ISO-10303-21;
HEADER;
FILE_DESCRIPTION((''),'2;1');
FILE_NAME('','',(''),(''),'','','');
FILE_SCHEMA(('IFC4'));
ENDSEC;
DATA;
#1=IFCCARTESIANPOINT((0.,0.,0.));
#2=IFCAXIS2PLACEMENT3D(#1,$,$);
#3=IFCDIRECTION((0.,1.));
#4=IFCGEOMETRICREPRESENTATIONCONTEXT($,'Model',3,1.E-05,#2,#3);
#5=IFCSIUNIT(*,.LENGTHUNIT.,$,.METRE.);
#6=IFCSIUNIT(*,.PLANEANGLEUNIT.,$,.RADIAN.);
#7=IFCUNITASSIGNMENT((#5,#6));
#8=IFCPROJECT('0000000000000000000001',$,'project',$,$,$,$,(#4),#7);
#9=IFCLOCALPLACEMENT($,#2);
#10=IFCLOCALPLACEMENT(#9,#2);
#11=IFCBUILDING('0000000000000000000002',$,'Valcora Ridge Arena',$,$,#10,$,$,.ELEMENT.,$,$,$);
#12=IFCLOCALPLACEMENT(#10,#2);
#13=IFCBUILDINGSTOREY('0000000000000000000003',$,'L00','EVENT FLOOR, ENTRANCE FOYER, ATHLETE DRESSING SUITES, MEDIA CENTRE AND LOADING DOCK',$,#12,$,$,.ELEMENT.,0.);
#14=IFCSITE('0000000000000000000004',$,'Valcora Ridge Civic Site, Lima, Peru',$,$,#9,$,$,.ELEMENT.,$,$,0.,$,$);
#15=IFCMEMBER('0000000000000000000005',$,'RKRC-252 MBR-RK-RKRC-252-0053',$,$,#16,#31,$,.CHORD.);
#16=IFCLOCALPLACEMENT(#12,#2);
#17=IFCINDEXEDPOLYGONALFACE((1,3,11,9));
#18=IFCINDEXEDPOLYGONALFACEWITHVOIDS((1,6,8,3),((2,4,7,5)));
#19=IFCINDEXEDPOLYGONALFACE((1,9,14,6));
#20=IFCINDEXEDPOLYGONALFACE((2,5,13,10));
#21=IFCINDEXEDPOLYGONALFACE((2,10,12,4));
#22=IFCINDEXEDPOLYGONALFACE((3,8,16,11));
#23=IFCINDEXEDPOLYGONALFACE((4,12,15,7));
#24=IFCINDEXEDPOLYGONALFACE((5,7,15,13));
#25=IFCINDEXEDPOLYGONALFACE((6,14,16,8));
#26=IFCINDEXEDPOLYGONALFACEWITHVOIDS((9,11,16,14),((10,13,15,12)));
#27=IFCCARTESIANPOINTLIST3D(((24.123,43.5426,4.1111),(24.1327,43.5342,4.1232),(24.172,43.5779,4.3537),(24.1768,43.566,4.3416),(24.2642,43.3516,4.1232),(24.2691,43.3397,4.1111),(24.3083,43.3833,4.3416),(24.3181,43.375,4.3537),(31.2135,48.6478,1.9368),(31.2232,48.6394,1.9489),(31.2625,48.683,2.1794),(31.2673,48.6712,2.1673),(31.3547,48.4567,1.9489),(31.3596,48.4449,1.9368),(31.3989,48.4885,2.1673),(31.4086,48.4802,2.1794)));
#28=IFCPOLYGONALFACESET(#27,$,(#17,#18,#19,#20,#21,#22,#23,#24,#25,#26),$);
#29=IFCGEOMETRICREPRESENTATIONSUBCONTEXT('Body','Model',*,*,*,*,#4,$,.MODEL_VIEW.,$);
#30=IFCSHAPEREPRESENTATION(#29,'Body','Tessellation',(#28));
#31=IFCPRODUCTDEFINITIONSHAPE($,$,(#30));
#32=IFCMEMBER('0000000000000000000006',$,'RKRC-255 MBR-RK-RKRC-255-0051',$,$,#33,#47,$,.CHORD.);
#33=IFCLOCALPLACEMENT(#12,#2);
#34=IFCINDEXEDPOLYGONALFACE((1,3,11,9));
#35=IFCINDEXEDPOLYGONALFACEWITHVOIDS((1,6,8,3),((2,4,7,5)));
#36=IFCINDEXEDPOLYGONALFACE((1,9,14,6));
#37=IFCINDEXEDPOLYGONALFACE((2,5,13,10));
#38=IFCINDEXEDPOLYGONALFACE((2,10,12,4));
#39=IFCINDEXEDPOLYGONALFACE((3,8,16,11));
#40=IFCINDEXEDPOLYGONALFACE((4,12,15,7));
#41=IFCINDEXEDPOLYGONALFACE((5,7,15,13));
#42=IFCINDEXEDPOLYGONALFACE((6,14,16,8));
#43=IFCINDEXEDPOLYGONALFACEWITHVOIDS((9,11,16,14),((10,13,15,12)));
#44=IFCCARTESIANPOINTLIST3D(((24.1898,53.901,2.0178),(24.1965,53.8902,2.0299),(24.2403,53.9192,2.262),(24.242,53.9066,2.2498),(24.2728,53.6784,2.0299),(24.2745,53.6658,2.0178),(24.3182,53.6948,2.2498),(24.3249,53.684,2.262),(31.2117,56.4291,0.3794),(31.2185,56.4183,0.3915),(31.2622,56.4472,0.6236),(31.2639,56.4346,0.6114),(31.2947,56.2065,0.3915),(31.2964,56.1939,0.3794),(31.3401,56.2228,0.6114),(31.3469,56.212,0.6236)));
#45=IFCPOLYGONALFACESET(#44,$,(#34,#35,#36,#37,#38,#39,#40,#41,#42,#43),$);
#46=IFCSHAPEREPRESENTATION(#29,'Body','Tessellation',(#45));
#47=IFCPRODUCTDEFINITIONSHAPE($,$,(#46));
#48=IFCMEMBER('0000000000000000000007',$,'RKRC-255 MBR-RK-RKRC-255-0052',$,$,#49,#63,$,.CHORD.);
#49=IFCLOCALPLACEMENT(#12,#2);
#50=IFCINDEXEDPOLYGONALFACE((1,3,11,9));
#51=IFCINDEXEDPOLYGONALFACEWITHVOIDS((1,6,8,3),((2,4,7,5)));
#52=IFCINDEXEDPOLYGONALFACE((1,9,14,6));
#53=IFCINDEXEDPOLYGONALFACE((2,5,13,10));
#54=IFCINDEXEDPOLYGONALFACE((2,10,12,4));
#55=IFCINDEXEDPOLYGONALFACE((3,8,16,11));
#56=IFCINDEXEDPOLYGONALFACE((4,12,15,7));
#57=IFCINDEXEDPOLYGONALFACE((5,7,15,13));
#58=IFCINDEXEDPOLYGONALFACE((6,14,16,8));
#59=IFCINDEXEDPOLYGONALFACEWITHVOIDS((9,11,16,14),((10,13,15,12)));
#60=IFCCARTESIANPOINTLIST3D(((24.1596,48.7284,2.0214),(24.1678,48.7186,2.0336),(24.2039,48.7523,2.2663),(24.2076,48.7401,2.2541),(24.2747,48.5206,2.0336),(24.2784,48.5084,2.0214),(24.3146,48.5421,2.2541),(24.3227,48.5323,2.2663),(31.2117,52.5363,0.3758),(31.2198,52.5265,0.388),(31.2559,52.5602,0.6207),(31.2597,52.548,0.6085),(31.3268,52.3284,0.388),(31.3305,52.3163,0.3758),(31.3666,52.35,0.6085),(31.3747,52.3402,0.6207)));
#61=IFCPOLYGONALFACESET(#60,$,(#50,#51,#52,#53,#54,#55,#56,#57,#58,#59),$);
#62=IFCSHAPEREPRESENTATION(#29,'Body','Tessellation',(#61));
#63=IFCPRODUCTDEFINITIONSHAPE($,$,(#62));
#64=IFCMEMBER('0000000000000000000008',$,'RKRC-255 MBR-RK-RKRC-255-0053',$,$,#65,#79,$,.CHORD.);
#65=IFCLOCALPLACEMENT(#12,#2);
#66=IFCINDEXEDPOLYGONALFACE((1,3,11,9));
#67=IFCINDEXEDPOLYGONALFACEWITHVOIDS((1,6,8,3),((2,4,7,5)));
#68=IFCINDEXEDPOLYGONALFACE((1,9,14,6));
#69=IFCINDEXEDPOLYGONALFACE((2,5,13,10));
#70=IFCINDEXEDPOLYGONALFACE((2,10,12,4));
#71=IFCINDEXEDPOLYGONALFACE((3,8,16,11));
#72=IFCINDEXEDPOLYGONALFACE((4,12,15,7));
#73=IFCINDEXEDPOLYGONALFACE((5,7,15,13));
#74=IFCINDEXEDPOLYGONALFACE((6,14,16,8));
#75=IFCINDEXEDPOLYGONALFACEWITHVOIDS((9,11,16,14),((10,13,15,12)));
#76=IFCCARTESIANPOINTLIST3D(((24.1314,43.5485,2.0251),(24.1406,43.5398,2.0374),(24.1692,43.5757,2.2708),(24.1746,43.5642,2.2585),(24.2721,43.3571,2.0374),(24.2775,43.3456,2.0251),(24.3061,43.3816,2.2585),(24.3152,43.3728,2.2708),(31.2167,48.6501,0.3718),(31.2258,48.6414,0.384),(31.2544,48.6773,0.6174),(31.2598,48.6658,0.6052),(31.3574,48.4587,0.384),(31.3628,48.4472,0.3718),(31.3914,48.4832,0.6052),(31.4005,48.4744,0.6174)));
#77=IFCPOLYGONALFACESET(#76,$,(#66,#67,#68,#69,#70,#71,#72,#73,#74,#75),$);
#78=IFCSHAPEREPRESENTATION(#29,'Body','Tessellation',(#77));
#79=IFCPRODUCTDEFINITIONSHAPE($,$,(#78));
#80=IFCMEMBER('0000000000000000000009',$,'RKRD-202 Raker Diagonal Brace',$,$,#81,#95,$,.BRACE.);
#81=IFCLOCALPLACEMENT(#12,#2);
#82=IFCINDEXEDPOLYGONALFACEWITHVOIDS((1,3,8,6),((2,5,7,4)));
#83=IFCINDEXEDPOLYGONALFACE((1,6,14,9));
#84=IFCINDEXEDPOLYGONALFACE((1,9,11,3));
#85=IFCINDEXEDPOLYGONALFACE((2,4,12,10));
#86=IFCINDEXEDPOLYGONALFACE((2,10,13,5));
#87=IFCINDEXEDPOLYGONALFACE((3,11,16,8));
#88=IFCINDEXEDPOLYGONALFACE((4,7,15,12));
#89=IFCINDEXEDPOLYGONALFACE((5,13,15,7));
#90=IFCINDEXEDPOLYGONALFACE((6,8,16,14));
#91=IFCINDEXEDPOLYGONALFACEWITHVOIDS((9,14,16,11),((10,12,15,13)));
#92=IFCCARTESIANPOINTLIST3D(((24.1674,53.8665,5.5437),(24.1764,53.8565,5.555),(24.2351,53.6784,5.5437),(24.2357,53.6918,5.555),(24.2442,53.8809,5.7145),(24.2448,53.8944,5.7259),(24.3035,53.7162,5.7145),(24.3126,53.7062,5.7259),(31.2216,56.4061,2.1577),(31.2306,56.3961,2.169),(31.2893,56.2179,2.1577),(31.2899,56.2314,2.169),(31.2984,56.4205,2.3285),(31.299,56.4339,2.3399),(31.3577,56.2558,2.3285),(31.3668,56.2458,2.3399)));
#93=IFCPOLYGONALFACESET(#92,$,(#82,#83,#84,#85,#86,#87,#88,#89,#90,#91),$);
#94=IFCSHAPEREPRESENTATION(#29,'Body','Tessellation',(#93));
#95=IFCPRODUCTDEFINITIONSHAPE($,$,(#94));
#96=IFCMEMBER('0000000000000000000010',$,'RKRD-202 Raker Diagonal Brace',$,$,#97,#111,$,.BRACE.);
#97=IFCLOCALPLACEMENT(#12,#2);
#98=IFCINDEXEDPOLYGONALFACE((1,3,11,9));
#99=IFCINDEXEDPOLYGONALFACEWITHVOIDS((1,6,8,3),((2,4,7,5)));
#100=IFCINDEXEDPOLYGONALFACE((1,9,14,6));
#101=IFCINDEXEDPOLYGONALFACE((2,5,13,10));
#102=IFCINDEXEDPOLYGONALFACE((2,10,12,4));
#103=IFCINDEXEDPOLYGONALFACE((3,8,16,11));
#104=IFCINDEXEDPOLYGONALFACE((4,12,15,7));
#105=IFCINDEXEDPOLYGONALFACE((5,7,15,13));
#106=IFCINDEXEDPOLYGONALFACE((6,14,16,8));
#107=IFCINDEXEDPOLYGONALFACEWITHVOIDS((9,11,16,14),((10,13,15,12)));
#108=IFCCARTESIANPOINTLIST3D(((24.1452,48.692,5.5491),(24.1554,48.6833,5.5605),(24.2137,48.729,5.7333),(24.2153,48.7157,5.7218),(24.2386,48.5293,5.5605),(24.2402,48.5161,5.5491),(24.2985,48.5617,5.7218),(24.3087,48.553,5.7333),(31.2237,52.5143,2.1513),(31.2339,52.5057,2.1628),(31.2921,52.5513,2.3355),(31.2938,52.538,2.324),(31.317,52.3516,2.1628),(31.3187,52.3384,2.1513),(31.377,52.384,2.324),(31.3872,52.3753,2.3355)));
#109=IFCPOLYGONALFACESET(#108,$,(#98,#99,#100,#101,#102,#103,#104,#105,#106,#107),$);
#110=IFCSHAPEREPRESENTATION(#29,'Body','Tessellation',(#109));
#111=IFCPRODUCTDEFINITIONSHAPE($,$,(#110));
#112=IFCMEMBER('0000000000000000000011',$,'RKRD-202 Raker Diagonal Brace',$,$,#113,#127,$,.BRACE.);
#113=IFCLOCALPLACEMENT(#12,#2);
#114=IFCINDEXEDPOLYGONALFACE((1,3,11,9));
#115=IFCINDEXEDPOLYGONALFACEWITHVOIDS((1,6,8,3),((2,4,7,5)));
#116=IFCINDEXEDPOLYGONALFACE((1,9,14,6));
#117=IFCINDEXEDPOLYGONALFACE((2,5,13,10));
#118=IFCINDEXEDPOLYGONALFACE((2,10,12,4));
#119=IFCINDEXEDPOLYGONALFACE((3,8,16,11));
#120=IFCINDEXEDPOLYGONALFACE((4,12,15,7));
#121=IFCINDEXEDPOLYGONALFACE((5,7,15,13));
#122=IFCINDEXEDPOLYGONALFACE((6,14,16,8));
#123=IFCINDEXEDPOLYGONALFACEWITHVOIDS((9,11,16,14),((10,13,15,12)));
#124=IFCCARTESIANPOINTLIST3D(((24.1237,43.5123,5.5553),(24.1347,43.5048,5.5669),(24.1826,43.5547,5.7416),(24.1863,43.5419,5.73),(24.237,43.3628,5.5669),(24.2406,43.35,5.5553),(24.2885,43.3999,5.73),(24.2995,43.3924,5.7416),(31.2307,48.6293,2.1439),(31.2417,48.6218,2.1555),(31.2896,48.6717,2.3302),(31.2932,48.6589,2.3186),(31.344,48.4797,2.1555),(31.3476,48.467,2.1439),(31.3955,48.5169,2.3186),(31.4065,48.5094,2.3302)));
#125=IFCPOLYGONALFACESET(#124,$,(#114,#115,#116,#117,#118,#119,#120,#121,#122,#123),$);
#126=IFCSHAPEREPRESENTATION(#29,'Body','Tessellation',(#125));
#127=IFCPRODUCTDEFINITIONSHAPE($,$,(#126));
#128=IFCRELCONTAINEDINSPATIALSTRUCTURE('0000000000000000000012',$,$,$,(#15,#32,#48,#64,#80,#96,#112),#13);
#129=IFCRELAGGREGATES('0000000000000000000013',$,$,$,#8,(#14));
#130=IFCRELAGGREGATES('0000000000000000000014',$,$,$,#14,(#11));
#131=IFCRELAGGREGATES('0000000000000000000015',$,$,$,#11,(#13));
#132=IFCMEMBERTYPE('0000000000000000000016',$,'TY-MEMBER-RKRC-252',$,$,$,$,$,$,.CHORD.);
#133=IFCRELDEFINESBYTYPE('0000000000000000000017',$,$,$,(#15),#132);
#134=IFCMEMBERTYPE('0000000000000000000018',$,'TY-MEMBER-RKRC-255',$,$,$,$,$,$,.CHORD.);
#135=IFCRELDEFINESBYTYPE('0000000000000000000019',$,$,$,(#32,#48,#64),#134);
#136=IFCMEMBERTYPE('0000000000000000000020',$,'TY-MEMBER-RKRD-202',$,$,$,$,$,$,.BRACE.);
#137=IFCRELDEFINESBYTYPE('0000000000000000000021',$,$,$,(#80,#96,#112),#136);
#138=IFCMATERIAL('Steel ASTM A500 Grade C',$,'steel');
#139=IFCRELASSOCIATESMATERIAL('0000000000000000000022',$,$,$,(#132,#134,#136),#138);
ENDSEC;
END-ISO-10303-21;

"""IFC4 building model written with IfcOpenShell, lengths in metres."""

from ifc_helpers import new_model, si_unit, direction, frame, origin, origin_2d, place, context, subcontext, project, spatial, hollow_rectangle, extrude, material, material_profile, profile_set, type_object, element, save


model = new_model("IFC4")

# Units and contexts
model_context = context("Model", 3, precision=1e-05, world=origin(), true_north=direction((0.0, 1.0)))
body_context = subcontext(model_context, "Body", "Model", "MODEL_VIEW")
ifc_project = project(units=[si_unit("LENGTHUNIT", "METRE"), si_unit("PLANEANGLEUNIT", "RADIAN")], contexts=[model_context])

# Site, building, storey
site_placement = place(None, origin())
site = spatial("IfcSite", under=ifc_project, at=site_placement, Name="Valcora Ridge Civic Site, Lima, Peru", CompositionType="ELEMENT", RefElevation=0.0)
building_placement = place(site_placement, origin())
building = spatial("IfcBuilding", under=site, at=building_placement, Name="Valcora Ridge Arena", CompositionType="ELEMENT")
storey_placement = place(building_placement, origin())
storey = spatial("IfcBuildingStorey", under=building, at=storey_placement, Name="L00", Description="EVENT FLOOR, ENTRANCE FOYER, ATHLETE DRESSING SUITES, MEDIA CENTRE AND LOADING DOCK", CompositionType="ELEMENT", Elevation=0.0)

# Members
ifc_material_1 = material(Name="Steel ASTM A500 Grade C", Category="steel")
ifc_material_profile_1 = material_profile(ifc_material_1, hollow_rectangle(XDim=0.25, YDim=0.25, WallThickness=0.0125, at=origin_2d()), Name="HSS250X250X12")
ifc_profile_set_1 = profile_set([ifc_material_profile_1], Name="Steel ASTM A500 Grade C")
member_type_1 = type_object("IfcMemberType", Name="TY-MEMBER-RKRC-252", PredefinedType="CHORD", material=ifc_profile_set_1)
member_1_placement = place(storey_placement, frame((31.311, 48.564, 2.0581), z_axis=(-0.787515, -0.567012, 0.24149), x_axis=(0.584305, -0.811534, 0.0)))
element("IfcMember", 1, at=member_1_placement, inside=storey, type_object=member_type_1, Name="RKRC-252 MBR-RK-RKRC-252-0053", PredefinedType="CHORD", context=body_context, shape_type="SweptSolid", body=[
    extrude(hollow_rectangle(XDim=0.25, YDim=0.25, WallThickness=0.0125, at=origin_2d()), origin(), (0.0, 0.0, 1.0), 9.0037),
])
ifc_material_profile_2 = material_profile(ifc_material_1, hollow_rectangle(XDim=0.25, YDim=0.25, WallThickness=0.0125, at=origin_2d()), Name="HSS250X250X12")
ifc_profile_set_2 = profile_set([ifc_material_profile_2], Name="Steel ASTM A500 Grade C")
member_type_2 = type_object("IfcMemberType", Name="TY-MEMBER-RKRC-255", PredefinedType="CHORD", material=ifc_profile_set_2)
member_2_placement = place(storey_placement, frame((31.2793, 56.3206, 0.5015), z_axis=(-0.918995, -0.33086, 0.214428), x_axis=(0.338739, -0.94088, 0.0)))
element("IfcMember", 2, at=member_2_placement, inside=storey, type_object=member_type_2, Name="RKRC-255 MBR-RK-RKRC-255-0051", PredefinedType="CHORD", context=body_context, shape_type="SweptSolid", body=[
    extrude(hollow_rectangle(XDim=0.25, YDim=0.25, WallThickness=0.0125, at=origin_2d()), origin(), (0.0, 0.0, 1.0), 7.6409),
])
member_3_placement = place(storey_placement, frame((31.2932, 52.4382, 0.4983), z_axis=(-0.861937, -0.465419, 0.201124), x_axis=(0.475128, -0.879917, 0.0)))
element("IfcMember", 3, at=member_3_placement, inside=storey, type_object=member_type_2, Name="RKRC-255 MBR-RK-RKRC-255-0052", PredefinedType="CHORD", context=body_context, shape_type="SweptSolid", body=[
    extrude(hollow_rectangle(XDim=0.25, YDim=0.25, WallThickness=0.0125, at=origin_2d()), origin(), (0.0, 0.0, 1.0), 8.1816),
])
member_4_placement = place(storey_placement, frame((31.3086, 48.5623, 0.4946), z_axis=(-0.797352, -0.574118, 0.186061), x_axis=(0.584321, -0.811523, 0.0)))
element("IfcMember", 4, at=member_4_placement, inside=storey, type_object=member_type_2, Name="RKRC-255 MBR-RK-RKRC-255-0053", PredefinedType="CHORD", context=body_context, shape_type="SweptSolid", body=[
    extrude(hollow_rectangle(XDim=0.25, YDim=0.25, WallThickness=0.0125, at=origin_2d()), origin(), (0.0, 0.0, 1.0), 8.886),
])
ifc_material_profile_3 = material_profile(ifc_material_1, hollow_rectangle(XDim=0.2, YDim=0.2, WallThickness=0.0125, at=origin_2d()), Name="HSS200X200X12")
ifc_profile_set_3 = profile_set([ifc_material_profile_3], Name="Steel ASTM A500 Grade C")
member_type_3 = type_object("IfcMemberType", Name="TY-MEMBER-RKRD-202", PredefinedType="BRACE", material=ifc_profile_set_3)
member_5_placement = place(storey_placement, frame((31.2942, 56.3259, 2.2488), z_axis=(-0.857493, -0.308702, 0.411593), x_axis=(0.338724, -0.940886, 0.0)))
element("IfcMember", 5, at=member_5_placement, inside=storey, type_object=member_type_3, Name="RKRD-202 Raker Diagonal Brace", PredefinedType="BRACE", context=body_context, shape_type="SweptSolid", body=[
    extrude(hollow_rectangle(XDim=0.2, YDim=0.2, WallThickness=0.0125, at=origin_2d()), origin(), (0.0, 0.0, 1.0), 8.2266),
])
member_6_placement = place(storey_placement, frame((31.3054, 52.4448, 2.2434), z_axis=(-0.810573, -0.437703, 0.389085), x_axis=(0.475144, -0.879908, 0.0)))
element("IfcMember", 6, at=member_6_placement, inside=storey, type_object=member_type_3, Name="RKRD-202 Raker Diagonal Brace", PredefinedType="BRACE", context=body_context, shape_type="SweptSolid", body=[
    extrude(hollow_rectangle(XDim=0.2, YDim=0.2, WallThickness=0.0125, at=origin_2d()), origin(), (0.0, 0.0, 1.0), 8.7327),
])
member_7_placement = place(storey_placement, frame((31.3186, 48.5693, 2.2371), z_axis=(-0.756189, -0.544451, 0.362976), x_axis=(0.584301, -0.811537, 0.0)))
element("IfcMember", 7, at=member_7_placement, inside=storey, type_object=member_type_3, Name="RKRD-202 Raker Diagonal Brace", PredefinedType="BRACE", context=body_context, shape_type="SweptSolid", body=[
    extrude(hollow_rectangle(XDim=0.2, YDim=0.2, WallThickness=0.0125, at=origin_2d()), origin(), (0.0, 0.0, 1.0), 9.3984),
])

save(model, "model.ifc")
